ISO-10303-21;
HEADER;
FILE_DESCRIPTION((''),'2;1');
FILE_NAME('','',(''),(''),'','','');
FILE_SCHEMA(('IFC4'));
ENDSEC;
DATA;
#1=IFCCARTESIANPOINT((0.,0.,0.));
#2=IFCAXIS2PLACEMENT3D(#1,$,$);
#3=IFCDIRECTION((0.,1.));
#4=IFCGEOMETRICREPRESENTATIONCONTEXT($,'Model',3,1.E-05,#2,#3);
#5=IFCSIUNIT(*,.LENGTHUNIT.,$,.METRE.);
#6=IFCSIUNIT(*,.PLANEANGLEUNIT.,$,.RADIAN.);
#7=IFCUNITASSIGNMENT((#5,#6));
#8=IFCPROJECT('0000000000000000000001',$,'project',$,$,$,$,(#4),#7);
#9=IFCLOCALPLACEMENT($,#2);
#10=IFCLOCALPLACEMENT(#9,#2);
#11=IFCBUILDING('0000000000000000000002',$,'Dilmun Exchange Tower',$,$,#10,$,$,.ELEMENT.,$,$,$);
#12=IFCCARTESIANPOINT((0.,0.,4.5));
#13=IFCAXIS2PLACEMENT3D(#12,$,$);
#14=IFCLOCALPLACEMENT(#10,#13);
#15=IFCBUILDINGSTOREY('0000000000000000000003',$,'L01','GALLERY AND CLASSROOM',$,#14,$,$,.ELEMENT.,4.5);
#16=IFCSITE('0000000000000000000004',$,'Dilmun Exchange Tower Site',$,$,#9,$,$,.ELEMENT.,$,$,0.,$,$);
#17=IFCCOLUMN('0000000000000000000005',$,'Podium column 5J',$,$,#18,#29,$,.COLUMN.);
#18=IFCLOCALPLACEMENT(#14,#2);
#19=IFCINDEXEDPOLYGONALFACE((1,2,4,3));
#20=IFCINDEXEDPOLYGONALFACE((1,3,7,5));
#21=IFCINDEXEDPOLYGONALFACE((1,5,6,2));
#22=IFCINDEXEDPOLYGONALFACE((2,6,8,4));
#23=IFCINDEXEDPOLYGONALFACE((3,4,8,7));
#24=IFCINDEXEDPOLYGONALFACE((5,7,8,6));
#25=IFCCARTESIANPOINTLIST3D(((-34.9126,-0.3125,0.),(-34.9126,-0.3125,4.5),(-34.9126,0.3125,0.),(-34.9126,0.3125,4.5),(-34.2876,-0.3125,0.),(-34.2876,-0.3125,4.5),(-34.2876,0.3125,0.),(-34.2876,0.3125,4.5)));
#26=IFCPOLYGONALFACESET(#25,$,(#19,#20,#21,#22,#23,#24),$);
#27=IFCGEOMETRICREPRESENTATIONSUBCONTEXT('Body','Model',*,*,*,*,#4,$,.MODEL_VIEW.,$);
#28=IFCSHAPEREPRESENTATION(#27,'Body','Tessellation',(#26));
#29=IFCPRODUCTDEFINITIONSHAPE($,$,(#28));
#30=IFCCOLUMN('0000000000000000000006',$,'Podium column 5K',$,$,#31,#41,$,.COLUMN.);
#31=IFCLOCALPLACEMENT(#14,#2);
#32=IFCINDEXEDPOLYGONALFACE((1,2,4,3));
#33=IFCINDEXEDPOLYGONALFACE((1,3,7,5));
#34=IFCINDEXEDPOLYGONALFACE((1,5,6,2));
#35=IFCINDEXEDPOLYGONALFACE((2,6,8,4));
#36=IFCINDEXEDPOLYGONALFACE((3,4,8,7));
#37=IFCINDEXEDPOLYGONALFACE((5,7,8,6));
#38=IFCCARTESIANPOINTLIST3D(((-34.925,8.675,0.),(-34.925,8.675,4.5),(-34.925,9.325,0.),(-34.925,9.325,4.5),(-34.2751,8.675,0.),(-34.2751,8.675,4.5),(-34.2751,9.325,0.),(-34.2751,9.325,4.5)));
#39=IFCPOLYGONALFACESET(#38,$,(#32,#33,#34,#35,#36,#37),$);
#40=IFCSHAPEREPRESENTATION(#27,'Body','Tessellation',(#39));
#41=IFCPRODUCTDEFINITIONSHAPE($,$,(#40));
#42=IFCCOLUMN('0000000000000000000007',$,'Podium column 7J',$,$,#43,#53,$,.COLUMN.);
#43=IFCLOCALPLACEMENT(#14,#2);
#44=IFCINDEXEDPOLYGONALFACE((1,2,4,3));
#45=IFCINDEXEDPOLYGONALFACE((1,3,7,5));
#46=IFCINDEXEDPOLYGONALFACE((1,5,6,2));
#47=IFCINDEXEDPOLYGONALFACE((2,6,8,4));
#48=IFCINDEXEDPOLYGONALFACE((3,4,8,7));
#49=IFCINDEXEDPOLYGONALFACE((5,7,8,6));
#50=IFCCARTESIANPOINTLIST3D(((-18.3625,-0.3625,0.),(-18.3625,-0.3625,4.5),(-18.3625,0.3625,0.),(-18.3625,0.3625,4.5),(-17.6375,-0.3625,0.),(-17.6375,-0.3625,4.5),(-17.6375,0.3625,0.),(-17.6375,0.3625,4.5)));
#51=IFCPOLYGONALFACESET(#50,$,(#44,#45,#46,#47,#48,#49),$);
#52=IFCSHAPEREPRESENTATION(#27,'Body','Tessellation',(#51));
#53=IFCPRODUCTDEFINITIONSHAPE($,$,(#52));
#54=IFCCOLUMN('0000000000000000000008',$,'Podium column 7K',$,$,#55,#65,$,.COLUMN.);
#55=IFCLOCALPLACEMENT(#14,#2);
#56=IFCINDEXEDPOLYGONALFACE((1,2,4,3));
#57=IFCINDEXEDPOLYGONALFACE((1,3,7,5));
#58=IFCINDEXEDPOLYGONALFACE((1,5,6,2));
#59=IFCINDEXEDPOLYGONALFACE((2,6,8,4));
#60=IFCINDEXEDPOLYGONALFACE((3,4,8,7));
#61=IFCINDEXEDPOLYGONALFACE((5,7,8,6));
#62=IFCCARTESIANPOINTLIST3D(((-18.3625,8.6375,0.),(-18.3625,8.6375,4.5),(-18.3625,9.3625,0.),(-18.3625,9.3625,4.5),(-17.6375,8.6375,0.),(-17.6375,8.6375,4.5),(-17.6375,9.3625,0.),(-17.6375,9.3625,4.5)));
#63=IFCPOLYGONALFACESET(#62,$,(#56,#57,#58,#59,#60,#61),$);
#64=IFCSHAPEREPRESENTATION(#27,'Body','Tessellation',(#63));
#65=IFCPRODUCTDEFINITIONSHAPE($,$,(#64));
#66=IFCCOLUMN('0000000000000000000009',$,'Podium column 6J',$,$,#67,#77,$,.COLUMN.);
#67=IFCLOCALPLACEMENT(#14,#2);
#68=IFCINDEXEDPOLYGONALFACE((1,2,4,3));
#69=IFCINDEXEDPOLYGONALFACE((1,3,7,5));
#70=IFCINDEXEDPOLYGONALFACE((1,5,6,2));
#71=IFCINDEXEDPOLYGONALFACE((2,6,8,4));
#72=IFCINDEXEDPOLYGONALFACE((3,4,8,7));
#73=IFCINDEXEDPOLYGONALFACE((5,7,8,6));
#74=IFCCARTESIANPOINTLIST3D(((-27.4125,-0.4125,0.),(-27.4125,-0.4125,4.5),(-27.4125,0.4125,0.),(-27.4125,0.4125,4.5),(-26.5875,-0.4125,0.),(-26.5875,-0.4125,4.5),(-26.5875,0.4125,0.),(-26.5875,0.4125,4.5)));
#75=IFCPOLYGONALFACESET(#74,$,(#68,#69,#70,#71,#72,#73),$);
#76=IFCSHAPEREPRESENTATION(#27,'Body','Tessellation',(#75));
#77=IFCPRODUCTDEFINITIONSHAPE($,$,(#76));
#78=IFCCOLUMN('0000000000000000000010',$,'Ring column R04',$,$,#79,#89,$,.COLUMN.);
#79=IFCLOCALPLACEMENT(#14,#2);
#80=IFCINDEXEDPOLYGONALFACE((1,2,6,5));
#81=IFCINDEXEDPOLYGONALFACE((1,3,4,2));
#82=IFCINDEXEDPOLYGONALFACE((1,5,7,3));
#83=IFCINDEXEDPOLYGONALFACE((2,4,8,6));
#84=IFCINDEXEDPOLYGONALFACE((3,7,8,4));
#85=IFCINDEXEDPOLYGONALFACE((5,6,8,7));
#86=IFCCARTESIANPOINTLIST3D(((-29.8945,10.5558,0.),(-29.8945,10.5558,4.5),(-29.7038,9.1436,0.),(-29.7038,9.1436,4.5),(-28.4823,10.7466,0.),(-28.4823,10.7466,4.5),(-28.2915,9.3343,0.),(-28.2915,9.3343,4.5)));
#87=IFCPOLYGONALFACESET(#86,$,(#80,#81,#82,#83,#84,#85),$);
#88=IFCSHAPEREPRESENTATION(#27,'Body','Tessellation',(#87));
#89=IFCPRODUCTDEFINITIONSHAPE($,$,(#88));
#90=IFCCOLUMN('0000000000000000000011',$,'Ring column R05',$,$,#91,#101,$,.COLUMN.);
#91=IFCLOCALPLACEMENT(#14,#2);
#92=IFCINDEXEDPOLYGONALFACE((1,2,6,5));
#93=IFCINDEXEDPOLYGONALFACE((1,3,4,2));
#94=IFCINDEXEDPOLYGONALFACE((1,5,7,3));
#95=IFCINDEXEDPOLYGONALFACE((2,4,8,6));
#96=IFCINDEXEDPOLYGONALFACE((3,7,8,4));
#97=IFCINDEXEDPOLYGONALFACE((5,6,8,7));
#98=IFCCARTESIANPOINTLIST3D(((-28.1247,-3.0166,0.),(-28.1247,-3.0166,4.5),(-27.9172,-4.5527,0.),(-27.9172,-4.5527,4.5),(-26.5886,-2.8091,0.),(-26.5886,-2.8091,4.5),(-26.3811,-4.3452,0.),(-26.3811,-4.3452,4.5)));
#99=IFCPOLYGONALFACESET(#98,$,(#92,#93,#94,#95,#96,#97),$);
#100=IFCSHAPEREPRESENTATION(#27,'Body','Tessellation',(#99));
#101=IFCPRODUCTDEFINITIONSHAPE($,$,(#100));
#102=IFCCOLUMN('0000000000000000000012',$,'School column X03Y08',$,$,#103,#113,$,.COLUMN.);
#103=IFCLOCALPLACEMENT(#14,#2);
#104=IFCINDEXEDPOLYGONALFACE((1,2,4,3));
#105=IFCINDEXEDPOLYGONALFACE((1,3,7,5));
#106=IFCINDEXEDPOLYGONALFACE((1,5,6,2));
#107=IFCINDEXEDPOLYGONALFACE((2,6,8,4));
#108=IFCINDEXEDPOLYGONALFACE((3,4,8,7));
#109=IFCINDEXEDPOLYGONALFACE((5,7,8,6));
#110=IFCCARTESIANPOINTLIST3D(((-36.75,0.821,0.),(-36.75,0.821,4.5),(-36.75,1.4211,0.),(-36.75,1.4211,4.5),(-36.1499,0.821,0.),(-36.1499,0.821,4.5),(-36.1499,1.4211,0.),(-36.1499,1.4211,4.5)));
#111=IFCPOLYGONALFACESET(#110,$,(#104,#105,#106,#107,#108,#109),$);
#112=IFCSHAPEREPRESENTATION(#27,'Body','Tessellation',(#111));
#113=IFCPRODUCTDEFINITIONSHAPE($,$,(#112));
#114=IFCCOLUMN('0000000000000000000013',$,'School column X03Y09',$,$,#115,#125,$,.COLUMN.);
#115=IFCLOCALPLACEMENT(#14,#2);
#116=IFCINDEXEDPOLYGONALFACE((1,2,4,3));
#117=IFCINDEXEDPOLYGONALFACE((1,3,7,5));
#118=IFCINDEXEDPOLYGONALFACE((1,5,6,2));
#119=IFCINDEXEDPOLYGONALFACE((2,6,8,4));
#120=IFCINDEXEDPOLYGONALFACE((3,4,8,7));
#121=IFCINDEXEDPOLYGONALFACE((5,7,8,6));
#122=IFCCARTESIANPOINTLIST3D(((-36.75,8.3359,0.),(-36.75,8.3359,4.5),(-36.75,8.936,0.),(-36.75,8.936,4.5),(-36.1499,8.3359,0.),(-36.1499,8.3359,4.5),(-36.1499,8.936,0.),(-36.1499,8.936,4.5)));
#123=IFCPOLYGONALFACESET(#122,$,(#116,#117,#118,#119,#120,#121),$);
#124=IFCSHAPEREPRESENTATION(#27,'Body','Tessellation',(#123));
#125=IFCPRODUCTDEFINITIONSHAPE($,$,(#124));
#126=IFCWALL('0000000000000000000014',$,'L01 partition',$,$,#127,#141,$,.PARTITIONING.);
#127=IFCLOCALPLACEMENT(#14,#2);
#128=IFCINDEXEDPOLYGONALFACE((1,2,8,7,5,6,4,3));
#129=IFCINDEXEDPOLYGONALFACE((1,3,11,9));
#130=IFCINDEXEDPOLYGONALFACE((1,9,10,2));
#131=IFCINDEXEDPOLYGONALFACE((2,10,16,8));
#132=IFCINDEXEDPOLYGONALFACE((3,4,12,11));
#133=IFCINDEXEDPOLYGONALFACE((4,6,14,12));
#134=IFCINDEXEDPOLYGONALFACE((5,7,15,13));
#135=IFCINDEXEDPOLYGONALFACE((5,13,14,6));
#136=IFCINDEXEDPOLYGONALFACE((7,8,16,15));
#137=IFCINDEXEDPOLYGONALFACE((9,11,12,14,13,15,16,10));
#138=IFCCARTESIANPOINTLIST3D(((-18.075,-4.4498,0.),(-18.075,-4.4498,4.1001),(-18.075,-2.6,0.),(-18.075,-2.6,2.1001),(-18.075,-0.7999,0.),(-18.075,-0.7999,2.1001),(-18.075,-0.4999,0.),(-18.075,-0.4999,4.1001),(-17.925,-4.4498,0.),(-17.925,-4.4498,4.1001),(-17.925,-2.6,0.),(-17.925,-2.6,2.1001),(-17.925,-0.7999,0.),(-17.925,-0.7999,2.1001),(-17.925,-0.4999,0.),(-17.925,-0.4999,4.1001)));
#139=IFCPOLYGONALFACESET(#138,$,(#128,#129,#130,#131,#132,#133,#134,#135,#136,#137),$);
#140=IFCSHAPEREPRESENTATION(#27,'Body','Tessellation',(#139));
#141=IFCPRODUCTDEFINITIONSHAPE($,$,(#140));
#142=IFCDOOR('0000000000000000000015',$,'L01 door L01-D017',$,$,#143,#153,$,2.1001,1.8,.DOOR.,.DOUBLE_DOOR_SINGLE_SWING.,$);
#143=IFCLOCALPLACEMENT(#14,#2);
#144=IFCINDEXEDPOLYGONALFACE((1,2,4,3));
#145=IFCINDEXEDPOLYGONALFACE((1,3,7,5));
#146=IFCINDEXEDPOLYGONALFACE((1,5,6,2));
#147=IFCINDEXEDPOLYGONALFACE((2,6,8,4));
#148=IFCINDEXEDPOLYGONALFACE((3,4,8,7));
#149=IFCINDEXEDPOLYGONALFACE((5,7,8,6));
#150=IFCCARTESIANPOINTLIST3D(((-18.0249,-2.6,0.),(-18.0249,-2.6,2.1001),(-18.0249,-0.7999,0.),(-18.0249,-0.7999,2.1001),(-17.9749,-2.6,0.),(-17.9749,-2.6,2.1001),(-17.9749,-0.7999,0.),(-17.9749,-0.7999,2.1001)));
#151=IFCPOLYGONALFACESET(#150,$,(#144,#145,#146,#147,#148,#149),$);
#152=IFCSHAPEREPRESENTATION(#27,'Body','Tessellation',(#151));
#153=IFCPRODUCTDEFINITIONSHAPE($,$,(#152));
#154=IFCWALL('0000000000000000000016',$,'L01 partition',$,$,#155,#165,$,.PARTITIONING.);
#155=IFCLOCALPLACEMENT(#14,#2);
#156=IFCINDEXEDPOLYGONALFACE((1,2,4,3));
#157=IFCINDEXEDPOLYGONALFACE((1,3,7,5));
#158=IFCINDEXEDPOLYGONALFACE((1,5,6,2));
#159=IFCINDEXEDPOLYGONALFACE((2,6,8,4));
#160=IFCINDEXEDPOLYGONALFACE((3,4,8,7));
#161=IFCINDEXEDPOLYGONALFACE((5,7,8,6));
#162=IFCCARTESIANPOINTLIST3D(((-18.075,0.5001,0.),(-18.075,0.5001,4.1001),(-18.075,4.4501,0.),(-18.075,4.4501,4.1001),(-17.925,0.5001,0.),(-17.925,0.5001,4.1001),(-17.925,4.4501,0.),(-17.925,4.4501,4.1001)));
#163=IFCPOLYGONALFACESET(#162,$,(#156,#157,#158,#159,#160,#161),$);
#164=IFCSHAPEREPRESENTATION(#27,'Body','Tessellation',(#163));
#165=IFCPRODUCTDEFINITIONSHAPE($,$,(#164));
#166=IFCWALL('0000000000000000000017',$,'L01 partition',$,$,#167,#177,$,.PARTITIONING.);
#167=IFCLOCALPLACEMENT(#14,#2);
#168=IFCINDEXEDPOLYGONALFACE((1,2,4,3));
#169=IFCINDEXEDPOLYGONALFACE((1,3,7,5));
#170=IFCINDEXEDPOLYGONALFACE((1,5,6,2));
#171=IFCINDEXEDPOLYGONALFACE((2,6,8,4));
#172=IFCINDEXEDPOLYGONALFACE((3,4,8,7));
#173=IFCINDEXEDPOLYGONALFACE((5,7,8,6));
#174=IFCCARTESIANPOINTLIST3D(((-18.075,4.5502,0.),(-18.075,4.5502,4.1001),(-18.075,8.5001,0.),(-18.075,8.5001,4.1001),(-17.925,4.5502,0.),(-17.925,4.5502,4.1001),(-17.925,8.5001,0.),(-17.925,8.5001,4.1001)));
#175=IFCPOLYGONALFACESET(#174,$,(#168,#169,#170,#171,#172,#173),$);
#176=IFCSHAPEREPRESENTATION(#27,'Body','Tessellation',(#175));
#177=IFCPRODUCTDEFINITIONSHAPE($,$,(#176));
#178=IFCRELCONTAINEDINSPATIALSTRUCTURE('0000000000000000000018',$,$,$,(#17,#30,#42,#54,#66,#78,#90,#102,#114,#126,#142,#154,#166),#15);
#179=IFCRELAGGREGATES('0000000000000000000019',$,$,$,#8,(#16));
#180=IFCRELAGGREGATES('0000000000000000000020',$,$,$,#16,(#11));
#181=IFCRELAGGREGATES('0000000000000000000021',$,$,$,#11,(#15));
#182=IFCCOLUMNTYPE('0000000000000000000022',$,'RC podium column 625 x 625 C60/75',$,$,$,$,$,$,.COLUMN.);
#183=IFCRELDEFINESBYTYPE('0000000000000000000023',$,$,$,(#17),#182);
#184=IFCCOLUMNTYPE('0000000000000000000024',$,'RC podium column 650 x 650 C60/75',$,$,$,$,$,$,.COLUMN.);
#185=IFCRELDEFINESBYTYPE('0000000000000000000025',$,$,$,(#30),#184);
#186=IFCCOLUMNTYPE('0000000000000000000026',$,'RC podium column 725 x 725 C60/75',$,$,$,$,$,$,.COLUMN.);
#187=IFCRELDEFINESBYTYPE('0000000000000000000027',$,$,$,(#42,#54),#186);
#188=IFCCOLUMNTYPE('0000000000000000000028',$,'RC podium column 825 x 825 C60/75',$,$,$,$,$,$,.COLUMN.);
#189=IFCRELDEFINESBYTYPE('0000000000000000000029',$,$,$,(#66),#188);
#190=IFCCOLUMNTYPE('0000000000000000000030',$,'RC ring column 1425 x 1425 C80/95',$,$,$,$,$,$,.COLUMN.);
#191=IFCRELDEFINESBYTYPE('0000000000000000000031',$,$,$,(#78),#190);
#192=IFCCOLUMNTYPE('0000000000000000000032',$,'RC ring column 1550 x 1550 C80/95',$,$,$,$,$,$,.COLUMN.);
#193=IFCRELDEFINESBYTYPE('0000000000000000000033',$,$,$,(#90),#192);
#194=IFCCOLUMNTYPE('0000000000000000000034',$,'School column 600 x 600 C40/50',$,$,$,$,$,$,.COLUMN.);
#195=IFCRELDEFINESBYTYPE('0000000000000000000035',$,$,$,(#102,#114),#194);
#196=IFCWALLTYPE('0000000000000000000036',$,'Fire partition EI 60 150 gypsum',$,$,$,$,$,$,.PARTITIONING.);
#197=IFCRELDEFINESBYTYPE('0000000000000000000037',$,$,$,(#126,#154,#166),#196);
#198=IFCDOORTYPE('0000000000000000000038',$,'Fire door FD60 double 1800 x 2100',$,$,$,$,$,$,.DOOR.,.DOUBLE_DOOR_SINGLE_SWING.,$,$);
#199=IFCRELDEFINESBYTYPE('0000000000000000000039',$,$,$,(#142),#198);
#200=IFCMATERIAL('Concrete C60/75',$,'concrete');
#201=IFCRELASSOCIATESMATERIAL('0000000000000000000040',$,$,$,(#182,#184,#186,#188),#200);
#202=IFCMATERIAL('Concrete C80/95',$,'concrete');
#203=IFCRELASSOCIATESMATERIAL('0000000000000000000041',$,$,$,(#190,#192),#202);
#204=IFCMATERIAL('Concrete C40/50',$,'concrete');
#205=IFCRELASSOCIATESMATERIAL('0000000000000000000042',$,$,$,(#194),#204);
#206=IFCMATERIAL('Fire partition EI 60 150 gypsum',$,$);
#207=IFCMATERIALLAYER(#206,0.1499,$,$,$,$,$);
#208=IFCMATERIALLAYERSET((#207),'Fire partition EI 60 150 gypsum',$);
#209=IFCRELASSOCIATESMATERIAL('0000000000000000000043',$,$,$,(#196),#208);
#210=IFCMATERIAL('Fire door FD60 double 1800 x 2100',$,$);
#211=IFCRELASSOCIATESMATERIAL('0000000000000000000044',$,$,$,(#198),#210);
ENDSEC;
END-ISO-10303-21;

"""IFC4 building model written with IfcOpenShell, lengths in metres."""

from ifc_helpers import new_model, si_unit, direction, frame, frame_2d, origin, origin_2d, place, context, subcontext, project, spatial, rectangle, extrude, material, layer, layer_set, material_profile, profile_set, type_object, element, fill, save


model = new_model("IFC4")

# Units and contexts
model_context = context("Model", 3, precision=1e-05, world=origin(), true_north=direction((0.0, 1.0)))
body_context = subcontext(model_context, "Body", "Model", "MODEL_VIEW")
ifc_project = project(units=[si_unit("LENGTHUNIT", "METRE"), si_unit("PLANEANGLEUNIT", "RADIAN")], contexts=[model_context])

# Site, building, storey
site_placement = place(None, origin())
site = spatial("IfcSite", under=ifc_project, at=site_placement, Name="Dilmun Exchange Tower Site", CompositionType="ELEMENT", RefElevation=0.0)
building_placement = place(site_placement, origin())
building = spatial("IfcBuilding", under=site, at=building_placement, Name="Dilmun Exchange Tower", CompositionType="ELEMENT")
storey_placement = place(building_placement, frame((0.0, 0.0, 4.5)))
storey = spatial("IfcBuildingStorey", under=building, at=storey_placement, Name="L01", Description="GALLERY AND CLASSROOM", CompositionType="ELEMENT", Elevation=4.5)

# Columns
ifc_material_1 = material(Name="Concrete C60/75", Category="concrete")
ifc_material_profile_1 = material_profile(ifc_material_1, rectangle(XDim=0.625, YDim=0.625, at=origin_2d()), Name="625 x 625")
ifc_profile_set_1 = profile_set([ifc_material_profile_1], Name="Concrete C60/75")
column_type_1 = type_object("IfcColumnType", Name="RC podium column 625 x 625 C60/75", PredefinedType="COLUMN", material=ifc_profile_set_1)
column_1_placement = place(storey_placement, frame((-34.6001, 0.0, 0.0), z_axis=(0.0, 0.0, 1.0), x_axis=(1.0, 0.0, 0.0)))
element("IfcColumn", 1, at=column_1_placement, inside=storey, type_object=column_type_1, Name="Podium column 5J", PredefinedType="COLUMN", context=body_context, shape_type="SweptSolid", body=[
    extrude(rectangle(XDim=0.625, YDim=0.625, at=origin_2d()), origin(), (0.0, 0.0, 1.0), 4.5),
])
ifc_material_profile_2 = material_profile(ifc_material_1, rectangle(XDim=0.6499, YDim=0.6499, at=origin_2d()), Name="650 x 650")
ifc_profile_set_2 = profile_set([ifc_material_profile_2], Name="Concrete C60/75")
column_type_2 = type_object("IfcColumnType", Name="RC podium column 650 x 650 C60/75", PredefinedType="COLUMN", material=ifc_profile_set_2)
column_2_placement = place(storey_placement, frame((-34.6001, 9.0, 0.0), z_axis=(0.0, 0.0, 1.0), x_axis=(1.0, 0.0, 0.0)))
element("IfcColumn", 2, at=column_2_placement, inside=storey, type_object=column_type_2, Name="Podium column 5K", PredefinedType="COLUMN", context=body_context, shape_type="SweptSolid", body=[
    extrude(rectangle(XDim=0.6499, YDim=0.6499, at=origin_2d()), origin(), (0.0, 0.0, 1.0), 4.5),
])
ifc_material_profile_3 = material_profile(ifc_material_1, rectangle(XDim=0.7251, YDim=0.7251, at=origin_2d()), Name="725 x 725")
ifc_profile_set_3 = profile_set([ifc_material_profile_3], Name="Concrete C60/75")
column_type_3 = type_object("IfcColumnType", Name="RC podium column 725 x 725 C60/75", PredefinedType="COLUMN", material=ifc_profile_set_3)
for number, where, z_axis, x_axis, name in (
    (3, (-18.0, 0.0, 0.0), (0.0, 0.0, 1.0), (1.0, 0.0, 0.0), "Podium column 7J"),
    (4, (-18.0, 9.0, 0.0), (0.0, 0.0, 1.0), (1.0, 0.0, 0.0), "Podium column 7K"),
):
    element("IfcColumn", number, at=place(storey_placement, frame(where, z_axis=z_axis, x_axis=x_axis)), inside=storey, type_object=column_type_3, Name=name, PredefinedType="COLUMN", context=body_context, shape_type="SweptSolid", body=[
        extrude(rectangle(XDim=0.7251, YDim=0.7251, at=origin_2d()), origin(), (0.0, 0.0, 1.0), 4.5),
    ])
ifc_material_profile_4 = material_profile(ifc_material_1, rectangle(XDim=0.825, YDim=0.825, at=origin_2d()), Name="825 x 825")
ifc_profile_set_4 = profile_set([ifc_material_profile_4], Name="Concrete C60/75")
column_type_4 = type_object("IfcColumnType", Name="RC podium column 825 x 825 C60/75", PredefinedType="COLUMN", material=ifc_profile_set_4)
column_3_placement = place(storey_placement, frame((-27.0, 0.0, 0.0), z_axis=(0.0, 0.0, 1.0), x_axis=(1.0, 0.0, 0.0)))
element("IfcColumn", 5, at=column_3_placement, inside=storey, type_object=column_type_4, Name="Podium column 6J", PredefinedType="COLUMN", context=body_context, shape_type="SweptSolid", body=[
    extrude(rectangle(XDim=0.825, YDim=0.825, at=origin_2d()), origin(), (0.0, 0.0, 1.0), 4.5),
])
ifc_material_2 = material(Name="Concrete C80/95", Category="concrete")
ifc_material_profile_5 = material_profile(ifc_material_2, rectangle(XDim=1.425, YDim=1.425, at=origin_2d()), Name="1425 x 1425")
ifc_profile_set_5 = profile_set([ifc_material_profile_5], Name="Concrete C80/95")
column_type_5 = type_object("IfcColumnType", Name="RC ring column 1425 x 1425 C80/95", PredefinedType="COLUMN", material=ifc_profile_set_5)
column_4_placement = place(storey_placement, frame((-29.093, 9.9451, 0.0), z_axis=(0.0, 0.0, 1.0), x_axis=(0.991001, 0.133853, 0.0)))
element("IfcColumn", 6, at=column_4_placement, inside=storey, type_object=column_type_5, Name="Ring column R04", PredefinedType="COLUMN", context=body_context, shape_type="SweptSolid", body=[
    extrude(rectangle(XDim=1.425, YDim=1.425, at=origin_2d()), origin(), (0.0, 0.0, 1.0), 4.5),
])
ifc_material_profile_6 = material_profile(ifc_material_2, rectangle(XDim=1.55, YDim=1.55, at=origin_2d()), Name="1550 x 1550")
ifc_profile_set_6 = profile_set([ifc_material_profile_6], Name="Concrete C80/95")
column_type_6 = type_object("IfcColumnType", Name="RC ring column 1550 x 1550 C80/95", PredefinedType="COLUMN", material=ifc_profile_set_6)
column_5_placement = place(storey_placement, frame((-27.2529, -3.6809, 0.0), z_axis=(0.0, 0.0, 1.0), x_axis=(0.991001, 0.133853, 0.0)))
element("IfcColumn", 7, at=column_5_placement, inside=storey, type_object=column_type_6, Name="Ring column R05", PredefinedType="COLUMN", context=body_context, shape_type="SweptSolid", body=[
    extrude(rectangle(XDim=1.55, YDim=1.55, at=origin_2d()), origin(), (0.0, 0.0, 1.0), 4.5),
])
ifc_material_3 = material(Name="Concrete C40/50", Category="concrete")
ifc_material_profile_7 = material_profile(ifc_material_3, rectangle(XDim=0.6001, YDim=0.6001, at=origin_2d()), Name="600 x 600")
ifc_profile_set_7 = profile_set([ifc_material_profile_7], Name="Concrete C40/50")
column_type_7 = type_object("IfcColumnType", Name="School column 600 x 600 C40/50", PredefinedType="COLUMN", material=ifc_profile_set_7)
for number, where, z_axis, x_axis, name in (
    (8, (-36.45, 1.1211, 0.0), (0.0, 0.0, 1.0), (1.0, 0.0, 0.0), "School column X03Y08"),
    (9, (-36.45, 8.636, 0.0), (0.0, 0.0, 1.0), (1.0, 0.0, 0.0), "School column X03Y09"),
):
    element("IfcColumn", number, at=place(storey_placement, frame(where, z_axis=z_axis, x_axis=x_axis)), inside=storey, type_object=column_type_7, Name=name, PredefinedType="COLUMN", context=body_context, shape_type="SweptSolid", body=[
        extrude(rectangle(XDim=0.6001, YDim=0.6001, at=origin_2d()), origin(), (0.0, 0.0, 1.0), 4.5),
    ])

# Wall, opening, door
ifc_material_4 = material(Name="Fire partition EI 60 150 gypsum")
ifc_layer_1 = layer(ifc_material_4, 0.1499)
ifc_layer_set_1 = layer_set([ifc_layer_1], Name="Fire partition EI 60 150 gypsum")
wall_type_1 = type_object("IfcWallType", Name="Fire partition EI 60 150 gypsum", PredefinedType="PARTITIONING", material=ifc_layer_set_1)
wall_1_placement = place(storey_placement, frame((-18.0, -4.45, 0.0), z_axis=(0.0, 0.0, 1.0), x_axis=(0.0, 1.0, 0.0)))
wall_1 = element("IfcWall", 10, at=wall_1_placement, inside=storey, type_object=wall_type_1, Name="L01 partition", PredefinedType="PARTITIONING", context=body_context, shape_type="SweptSolid", body=[
    extrude(rectangle(XDim=3.95, YDim=0.1499, at=frame_2d((1.9751, 0.0))), origin(), (0.0, 0.0, 1.0), 4.1001),
])
opening_placement = place(wall_1_placement, frame((1.8501, 0.0, 0.0)))
opening = element("IfcOpeningElement", 11, at=opening_placement, cuts=wall_1, PredefinedType="OPENING", context=body_context, shape_type="SweptSolid", body=[
    extrude(rectangle(XDim=1.8, YDim=2.1001, at=frame_2d((0.8999, 1.05))), frame((0.0, 0.085, 0.0), z_axis=(0.0, -1.0, 0.0), x_axis=(1.0, 0.0, 0.0)), (0.0, 0.0, 1.0), 0.1699),
])
ifc_material_5 = material(Name="Fire door FD60 double 1800 x 2100")
door_type = type_object("IfcDoorType", Name="Fire door FD60 double 1800 x 2100", OperationType="DOUBLE_DOOR_SINGLE_SWING", PredefinedType="DOOR", material=ifc_material_5)
door_placement = place(opening_placement, origin())
door = element("IfcDoor", 12, at=door_placement, inside=storey, type_object=door_type, Name="L01 door L01-D017", OperationType="DOUBLE_DOOR_SINGLE_SWING", OverallHeight=2.1001, OverallWidth=1.8, PredefinedType="DOOR", context=body_context, shape_type="SweptSolid", body=[
    extrude(rectangle(XDim=1.8, YDim=2.1001, at=frame_2d((0.8999, 1.05))), frame((0.0, 0.0249, 0.0), z_axis=(0.0, -1.0, 0.0), x_axis=(1.0, 0.0, 0.0)), (0.0, 0.0, 1.0), 0.05),
])
fill(opening, door)

# Walls
for number, where, z_axis, x_axis, name in (
    (13, (-18.0, 0.5, 0.0), (0.0, 0.0, 1.0), (0.0, 1.0, 0.0), "L01 partition"),
    (14, (-18.0, 4.55, 0.0), (0.0, 0.0, 1.0), (0.0, 1.0, 0.0), "L01 partition"),
):
    element("IfcWall", number, at=place(storey_placement, frame(where, z_axis=z_axis, x_axis=x_axis)), inside=storey, type_object=wall_type_1, Name=name, PredefinedType="PARTITIONING", context=body_context, shape_type="SweptSolid", body=[
        extrude(rectangle(XDim=3.95, YDim=0.1499, at=frame_2d((1.9751, 0.0))), origin(), (0.0, 0.0, 1.0), 4.1001),
    ])

save(model, "model.ifc")
